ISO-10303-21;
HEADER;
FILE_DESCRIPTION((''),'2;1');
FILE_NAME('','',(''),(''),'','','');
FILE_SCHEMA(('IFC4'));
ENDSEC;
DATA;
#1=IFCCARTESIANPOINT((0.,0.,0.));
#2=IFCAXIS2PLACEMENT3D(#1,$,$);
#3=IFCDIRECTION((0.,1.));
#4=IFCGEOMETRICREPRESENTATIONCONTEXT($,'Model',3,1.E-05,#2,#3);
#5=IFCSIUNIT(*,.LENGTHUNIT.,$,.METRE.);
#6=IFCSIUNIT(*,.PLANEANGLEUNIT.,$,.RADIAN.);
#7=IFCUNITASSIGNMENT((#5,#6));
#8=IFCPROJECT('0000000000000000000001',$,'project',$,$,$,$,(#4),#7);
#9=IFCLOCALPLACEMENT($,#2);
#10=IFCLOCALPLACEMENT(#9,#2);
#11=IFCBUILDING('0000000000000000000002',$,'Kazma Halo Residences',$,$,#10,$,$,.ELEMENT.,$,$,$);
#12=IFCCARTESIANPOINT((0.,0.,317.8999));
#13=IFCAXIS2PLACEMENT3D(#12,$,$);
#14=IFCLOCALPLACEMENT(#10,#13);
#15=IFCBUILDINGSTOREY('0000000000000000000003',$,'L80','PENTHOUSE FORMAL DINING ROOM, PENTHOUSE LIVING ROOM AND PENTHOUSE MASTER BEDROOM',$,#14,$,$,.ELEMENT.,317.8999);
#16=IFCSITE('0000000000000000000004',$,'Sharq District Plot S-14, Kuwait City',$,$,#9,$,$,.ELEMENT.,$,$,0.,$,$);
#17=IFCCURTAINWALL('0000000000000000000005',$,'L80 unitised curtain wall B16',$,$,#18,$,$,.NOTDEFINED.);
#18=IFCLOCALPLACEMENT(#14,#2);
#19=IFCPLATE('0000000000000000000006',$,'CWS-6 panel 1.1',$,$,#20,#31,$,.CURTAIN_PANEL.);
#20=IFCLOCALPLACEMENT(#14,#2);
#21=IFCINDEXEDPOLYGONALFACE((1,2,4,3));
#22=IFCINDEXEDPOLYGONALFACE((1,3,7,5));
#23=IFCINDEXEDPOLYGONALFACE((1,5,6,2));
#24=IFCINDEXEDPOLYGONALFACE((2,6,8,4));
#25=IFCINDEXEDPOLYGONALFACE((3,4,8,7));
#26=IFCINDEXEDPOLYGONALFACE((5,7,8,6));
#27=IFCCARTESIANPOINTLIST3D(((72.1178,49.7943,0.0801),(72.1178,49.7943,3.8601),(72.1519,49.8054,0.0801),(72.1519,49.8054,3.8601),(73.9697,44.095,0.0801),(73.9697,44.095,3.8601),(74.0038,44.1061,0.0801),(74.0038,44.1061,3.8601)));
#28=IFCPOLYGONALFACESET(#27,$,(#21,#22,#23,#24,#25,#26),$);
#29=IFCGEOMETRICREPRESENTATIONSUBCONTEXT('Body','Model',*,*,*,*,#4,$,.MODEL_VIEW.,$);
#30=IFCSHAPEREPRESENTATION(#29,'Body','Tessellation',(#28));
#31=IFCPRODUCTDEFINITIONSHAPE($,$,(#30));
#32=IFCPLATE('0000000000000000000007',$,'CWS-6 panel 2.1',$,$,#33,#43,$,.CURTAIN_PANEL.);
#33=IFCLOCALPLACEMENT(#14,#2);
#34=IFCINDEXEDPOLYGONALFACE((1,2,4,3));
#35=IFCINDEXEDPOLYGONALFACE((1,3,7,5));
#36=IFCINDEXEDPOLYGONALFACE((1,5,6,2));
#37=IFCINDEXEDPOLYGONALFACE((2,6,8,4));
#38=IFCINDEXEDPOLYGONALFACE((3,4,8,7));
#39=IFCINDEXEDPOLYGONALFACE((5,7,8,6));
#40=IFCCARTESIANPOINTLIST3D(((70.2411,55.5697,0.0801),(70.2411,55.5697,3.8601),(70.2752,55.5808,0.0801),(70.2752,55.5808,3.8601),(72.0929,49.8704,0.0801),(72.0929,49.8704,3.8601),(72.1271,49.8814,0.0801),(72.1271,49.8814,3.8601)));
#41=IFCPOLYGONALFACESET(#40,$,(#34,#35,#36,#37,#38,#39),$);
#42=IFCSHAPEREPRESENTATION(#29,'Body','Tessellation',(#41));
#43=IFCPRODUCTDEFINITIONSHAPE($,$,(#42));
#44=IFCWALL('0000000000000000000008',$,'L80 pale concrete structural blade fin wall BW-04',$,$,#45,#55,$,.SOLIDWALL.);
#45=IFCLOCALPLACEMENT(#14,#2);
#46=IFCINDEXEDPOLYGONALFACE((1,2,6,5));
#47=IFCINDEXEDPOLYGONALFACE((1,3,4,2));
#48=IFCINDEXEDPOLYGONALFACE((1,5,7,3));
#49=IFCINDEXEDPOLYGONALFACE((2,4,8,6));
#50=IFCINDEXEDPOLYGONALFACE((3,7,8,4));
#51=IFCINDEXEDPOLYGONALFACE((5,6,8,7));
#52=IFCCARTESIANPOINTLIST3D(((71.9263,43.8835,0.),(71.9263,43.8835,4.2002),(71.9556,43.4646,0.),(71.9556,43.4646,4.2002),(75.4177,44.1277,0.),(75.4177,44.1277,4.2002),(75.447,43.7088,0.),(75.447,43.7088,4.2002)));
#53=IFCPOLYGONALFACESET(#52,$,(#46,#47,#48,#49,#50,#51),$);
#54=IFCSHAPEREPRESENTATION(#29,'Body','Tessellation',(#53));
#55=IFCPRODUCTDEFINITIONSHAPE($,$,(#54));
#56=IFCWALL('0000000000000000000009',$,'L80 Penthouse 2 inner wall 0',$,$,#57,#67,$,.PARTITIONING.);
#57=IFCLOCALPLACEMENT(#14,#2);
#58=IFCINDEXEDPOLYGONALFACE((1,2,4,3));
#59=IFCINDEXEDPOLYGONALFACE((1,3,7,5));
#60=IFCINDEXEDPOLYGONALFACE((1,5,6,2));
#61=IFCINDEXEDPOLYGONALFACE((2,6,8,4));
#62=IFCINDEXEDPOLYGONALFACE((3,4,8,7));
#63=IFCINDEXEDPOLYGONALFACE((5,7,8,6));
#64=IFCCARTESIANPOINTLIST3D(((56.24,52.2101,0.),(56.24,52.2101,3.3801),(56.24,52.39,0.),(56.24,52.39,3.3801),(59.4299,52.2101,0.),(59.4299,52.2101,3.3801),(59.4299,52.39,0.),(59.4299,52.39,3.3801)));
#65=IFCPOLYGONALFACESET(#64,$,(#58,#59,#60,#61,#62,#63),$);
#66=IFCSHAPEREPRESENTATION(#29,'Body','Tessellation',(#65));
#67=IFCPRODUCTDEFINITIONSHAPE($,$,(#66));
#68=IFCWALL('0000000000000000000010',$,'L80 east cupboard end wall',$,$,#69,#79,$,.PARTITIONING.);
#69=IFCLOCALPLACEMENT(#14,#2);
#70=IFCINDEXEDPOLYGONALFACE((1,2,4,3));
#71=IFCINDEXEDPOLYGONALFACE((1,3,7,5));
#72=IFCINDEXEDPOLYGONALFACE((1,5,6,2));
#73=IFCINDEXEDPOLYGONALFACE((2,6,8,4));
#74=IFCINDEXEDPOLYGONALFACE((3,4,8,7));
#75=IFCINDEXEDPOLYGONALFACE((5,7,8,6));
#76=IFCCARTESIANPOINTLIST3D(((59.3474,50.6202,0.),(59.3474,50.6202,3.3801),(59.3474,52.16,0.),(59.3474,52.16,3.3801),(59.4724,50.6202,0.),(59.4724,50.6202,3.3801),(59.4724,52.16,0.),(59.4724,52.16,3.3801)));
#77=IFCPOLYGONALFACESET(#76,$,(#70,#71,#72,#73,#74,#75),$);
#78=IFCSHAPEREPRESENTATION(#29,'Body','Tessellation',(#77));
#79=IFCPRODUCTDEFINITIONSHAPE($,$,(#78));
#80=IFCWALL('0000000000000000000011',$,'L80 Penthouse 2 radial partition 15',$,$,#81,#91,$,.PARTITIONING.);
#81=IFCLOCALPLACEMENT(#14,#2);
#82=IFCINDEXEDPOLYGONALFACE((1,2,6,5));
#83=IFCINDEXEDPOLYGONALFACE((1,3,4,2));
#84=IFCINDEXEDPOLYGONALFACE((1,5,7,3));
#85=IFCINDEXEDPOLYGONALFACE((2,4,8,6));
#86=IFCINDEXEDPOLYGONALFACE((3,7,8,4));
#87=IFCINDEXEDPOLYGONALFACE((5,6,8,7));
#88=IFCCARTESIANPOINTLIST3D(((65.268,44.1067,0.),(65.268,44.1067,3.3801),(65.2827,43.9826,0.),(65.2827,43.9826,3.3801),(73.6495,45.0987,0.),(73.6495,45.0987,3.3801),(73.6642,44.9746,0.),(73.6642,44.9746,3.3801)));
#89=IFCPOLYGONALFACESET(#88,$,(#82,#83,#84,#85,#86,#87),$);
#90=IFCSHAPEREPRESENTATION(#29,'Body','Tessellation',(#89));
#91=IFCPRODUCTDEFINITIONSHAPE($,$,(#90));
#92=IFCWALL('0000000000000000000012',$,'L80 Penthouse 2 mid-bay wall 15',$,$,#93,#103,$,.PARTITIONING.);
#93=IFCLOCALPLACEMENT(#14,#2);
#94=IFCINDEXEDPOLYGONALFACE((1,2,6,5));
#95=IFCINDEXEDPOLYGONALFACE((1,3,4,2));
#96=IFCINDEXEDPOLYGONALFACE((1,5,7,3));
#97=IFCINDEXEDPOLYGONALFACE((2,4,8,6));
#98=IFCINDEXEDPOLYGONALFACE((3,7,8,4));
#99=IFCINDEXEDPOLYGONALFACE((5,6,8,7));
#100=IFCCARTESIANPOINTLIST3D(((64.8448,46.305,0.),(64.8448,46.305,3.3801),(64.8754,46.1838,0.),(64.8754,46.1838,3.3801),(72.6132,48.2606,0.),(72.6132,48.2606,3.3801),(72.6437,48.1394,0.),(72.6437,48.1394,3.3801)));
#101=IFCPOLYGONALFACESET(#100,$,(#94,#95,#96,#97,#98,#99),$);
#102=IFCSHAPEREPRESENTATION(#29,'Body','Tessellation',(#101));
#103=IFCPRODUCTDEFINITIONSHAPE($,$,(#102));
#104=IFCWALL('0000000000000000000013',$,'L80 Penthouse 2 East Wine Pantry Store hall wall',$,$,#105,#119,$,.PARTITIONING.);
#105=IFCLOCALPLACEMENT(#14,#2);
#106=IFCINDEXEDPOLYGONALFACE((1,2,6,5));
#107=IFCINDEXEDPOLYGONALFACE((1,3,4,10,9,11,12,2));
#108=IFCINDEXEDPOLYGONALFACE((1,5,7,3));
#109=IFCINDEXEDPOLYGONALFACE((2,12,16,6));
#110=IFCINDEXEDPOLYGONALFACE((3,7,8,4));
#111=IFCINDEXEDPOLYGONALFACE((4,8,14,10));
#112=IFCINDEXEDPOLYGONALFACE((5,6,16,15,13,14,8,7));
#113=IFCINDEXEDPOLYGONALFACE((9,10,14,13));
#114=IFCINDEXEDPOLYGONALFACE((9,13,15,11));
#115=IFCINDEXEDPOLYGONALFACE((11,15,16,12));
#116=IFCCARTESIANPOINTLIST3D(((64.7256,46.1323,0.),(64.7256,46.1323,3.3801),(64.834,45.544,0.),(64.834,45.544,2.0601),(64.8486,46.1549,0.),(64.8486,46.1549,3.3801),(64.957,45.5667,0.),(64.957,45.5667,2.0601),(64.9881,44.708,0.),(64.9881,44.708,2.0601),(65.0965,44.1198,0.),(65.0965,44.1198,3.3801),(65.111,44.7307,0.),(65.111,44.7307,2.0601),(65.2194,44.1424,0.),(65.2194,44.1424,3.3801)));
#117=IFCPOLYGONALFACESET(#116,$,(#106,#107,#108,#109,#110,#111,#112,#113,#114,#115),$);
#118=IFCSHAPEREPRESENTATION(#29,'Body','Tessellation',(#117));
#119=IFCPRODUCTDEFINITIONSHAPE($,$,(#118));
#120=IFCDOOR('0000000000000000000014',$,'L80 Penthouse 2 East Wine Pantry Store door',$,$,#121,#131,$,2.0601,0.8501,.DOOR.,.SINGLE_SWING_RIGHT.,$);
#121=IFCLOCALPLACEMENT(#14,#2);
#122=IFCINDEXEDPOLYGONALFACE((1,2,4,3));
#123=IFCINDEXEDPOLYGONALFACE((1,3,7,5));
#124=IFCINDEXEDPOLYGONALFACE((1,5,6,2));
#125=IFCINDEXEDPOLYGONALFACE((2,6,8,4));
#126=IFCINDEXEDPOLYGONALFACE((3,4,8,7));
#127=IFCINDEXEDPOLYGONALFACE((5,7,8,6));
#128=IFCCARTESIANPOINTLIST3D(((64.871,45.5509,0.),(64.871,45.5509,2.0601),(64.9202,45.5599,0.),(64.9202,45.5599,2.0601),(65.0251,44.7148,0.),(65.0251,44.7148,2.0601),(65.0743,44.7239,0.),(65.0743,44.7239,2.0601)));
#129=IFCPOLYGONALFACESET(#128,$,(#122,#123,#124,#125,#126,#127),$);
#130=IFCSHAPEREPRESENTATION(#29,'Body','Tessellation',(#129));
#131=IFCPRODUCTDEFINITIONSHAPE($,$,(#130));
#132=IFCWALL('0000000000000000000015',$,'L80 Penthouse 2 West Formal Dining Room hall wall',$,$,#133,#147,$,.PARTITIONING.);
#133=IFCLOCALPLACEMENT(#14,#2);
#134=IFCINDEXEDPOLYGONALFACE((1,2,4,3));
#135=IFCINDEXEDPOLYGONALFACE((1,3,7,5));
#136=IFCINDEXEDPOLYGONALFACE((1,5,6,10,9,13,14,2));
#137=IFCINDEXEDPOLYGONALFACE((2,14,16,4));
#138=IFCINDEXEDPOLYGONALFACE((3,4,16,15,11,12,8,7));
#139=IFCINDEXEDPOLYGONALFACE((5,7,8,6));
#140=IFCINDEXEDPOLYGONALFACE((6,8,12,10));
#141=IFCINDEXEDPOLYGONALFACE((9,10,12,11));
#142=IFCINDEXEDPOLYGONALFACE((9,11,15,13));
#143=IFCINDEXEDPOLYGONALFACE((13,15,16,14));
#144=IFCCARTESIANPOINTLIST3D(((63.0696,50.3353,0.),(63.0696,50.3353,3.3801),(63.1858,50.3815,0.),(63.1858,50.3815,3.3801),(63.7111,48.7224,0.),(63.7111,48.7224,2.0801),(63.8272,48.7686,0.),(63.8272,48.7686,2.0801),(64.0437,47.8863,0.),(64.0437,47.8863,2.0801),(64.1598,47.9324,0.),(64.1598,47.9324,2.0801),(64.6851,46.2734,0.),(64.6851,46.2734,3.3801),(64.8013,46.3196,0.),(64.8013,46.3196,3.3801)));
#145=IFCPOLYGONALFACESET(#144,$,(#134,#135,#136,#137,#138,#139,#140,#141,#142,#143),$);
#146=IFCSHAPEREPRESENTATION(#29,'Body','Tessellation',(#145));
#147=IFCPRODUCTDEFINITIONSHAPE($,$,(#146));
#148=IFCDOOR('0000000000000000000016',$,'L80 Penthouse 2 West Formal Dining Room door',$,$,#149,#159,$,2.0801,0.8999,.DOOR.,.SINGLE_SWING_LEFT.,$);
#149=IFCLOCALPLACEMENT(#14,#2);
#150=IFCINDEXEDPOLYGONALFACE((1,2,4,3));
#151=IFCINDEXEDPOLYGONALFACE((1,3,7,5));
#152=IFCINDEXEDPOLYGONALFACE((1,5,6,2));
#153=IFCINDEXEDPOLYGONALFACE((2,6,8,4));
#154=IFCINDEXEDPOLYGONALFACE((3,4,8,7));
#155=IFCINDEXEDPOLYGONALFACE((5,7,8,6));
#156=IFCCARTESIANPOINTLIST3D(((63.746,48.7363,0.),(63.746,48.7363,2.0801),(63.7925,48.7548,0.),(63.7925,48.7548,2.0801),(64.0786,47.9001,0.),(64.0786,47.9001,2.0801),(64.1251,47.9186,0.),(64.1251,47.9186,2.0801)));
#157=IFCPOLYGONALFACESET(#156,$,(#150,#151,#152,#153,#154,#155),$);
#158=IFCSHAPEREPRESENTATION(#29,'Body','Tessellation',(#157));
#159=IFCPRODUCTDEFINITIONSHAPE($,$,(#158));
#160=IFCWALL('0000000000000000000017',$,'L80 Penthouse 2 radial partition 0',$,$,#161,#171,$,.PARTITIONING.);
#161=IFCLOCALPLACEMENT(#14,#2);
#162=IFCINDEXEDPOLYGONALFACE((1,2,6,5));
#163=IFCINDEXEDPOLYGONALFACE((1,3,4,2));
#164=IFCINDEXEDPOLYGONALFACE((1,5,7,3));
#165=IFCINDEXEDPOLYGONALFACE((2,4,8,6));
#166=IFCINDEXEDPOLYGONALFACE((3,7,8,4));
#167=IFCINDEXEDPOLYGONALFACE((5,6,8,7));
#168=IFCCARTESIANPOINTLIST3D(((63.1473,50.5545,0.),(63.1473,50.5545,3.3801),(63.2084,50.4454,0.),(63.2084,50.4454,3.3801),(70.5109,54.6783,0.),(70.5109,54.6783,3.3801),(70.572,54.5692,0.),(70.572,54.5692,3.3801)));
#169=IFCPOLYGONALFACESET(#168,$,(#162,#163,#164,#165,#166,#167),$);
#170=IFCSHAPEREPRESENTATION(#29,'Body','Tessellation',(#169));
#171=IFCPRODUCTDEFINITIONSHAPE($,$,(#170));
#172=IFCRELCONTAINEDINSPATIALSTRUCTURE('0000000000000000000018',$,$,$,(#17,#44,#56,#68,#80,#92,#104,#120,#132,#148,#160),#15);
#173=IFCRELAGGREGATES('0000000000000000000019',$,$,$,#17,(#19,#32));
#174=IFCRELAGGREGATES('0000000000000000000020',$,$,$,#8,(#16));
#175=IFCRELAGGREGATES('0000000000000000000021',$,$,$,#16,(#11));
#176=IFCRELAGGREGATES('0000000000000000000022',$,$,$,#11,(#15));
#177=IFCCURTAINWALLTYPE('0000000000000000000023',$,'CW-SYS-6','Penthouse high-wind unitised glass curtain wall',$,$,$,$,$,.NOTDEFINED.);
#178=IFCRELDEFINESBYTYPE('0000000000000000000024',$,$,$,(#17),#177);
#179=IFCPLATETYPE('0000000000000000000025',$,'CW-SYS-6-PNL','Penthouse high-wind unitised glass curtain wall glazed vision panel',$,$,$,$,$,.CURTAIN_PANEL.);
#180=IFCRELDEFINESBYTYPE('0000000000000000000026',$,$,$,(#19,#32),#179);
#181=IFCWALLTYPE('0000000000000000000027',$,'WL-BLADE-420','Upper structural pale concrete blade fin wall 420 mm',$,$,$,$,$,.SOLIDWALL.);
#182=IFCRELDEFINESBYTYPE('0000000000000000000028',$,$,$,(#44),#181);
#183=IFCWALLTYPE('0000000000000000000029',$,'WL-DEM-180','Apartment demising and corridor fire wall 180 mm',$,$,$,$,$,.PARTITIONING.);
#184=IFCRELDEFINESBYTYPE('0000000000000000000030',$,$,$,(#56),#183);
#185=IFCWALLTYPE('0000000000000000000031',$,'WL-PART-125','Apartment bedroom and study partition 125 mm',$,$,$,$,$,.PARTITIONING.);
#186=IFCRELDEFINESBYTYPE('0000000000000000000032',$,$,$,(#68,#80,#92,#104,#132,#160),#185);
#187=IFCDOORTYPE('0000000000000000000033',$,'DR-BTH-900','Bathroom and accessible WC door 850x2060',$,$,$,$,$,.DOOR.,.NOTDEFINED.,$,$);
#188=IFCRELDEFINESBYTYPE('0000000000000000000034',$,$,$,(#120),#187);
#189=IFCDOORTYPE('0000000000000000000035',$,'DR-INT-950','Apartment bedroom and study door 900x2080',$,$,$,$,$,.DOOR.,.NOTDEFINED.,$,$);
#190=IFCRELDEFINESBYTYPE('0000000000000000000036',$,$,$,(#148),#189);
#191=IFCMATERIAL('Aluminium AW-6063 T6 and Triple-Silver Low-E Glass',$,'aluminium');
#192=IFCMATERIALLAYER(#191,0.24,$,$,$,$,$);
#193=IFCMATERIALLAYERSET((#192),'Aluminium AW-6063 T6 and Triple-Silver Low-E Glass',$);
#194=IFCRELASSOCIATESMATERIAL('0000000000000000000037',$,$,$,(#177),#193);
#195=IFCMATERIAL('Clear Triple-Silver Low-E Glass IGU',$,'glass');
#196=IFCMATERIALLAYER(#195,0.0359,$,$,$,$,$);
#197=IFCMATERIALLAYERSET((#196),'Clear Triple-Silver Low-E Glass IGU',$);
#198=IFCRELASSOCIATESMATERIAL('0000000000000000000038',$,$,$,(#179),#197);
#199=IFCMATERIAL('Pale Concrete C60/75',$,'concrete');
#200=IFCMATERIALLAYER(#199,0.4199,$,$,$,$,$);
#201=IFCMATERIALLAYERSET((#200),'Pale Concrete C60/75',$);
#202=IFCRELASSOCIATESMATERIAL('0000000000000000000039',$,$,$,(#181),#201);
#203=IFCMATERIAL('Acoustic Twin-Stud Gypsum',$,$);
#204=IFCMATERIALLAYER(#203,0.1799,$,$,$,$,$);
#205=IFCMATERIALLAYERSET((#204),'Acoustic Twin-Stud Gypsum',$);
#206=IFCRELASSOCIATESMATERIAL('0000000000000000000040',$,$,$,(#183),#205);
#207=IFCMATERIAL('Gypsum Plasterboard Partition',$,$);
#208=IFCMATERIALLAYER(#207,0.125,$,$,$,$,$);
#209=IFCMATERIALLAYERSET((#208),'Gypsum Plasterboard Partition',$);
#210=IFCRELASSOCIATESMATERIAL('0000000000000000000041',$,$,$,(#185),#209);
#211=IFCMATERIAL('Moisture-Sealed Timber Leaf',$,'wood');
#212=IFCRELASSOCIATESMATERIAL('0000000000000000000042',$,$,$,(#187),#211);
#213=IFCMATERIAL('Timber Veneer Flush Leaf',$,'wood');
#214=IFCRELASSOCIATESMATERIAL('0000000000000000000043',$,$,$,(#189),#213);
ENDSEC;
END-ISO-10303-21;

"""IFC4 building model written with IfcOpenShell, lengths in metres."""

from ifc_helpers import new_model, si_unit, direction, frame, frame_2d, origin, origin_2d, place, context, subcontext, project, spatial, rectangle, extrude, material, layer, layer_set, type_object, element, fill, aggregate, save


model = new_model("IFC4")

# Units and contexts
model_context = context("Model", 3, precision=1e-05, world=origin(), true_north=direction((0.0, 1.0)))
body_context = subcontext(model_context, "Body", "Model", "MODEL_VIEW")
ifc_project = project(units=[si_unit("LENGTHUNIT", "METRE"), si_unit("PLANEANGLEUNIT", "RADIAN")], contexts=[model_context])

# Site, building, storey
site_placement = place(None, origin())
site = spatial("IfcSite", under=ifc_project, at=site_placement, Name="Sharq District Plot S-14, Kuwait City", CompositionType="ELEMENT", RefElevation=0.0)
building_placement = place(site_placement, origin())
building = spatial("IfcBuilding", under=site, at=building_placement, Name="Kazma Halo Residences", CompositionType="ELEMENT")
storey_placement = place(building_placement, frame((0.0, 0.0, 317.8999)))
storey = spatial("IfcBuildingStorey", under=building, at=storey_placement, Name="L80", Description="PENTHOUSE FORMAL DINING ROOM, PENTHOUSE LIVING ROOM AND PENTHOUSE MASTER BEDROOM", CompositionType="ELEMENT", Elevation=317.8999)

# Shared definitions
ifc_material_1 = material(Name="Aluminium AW-6063 T6 and Triple-Silver Low-E Glass", Category="aluminium")
ifc_layer_1 = layer(ifc_material_1, 0.24)
ifc_layer_set_1 = layer_set([ifc_layer_1], Name="Aluminium AW-6063 T6 and Triple-Silver Low-E Glass")
curtain_wall_type = type_object("IfcCurtainWallType", Name="CW-SYS-6", Description="Penthouse high-wind unitised glass curtain wall", PredefinedType="NOTDEFINED", material=ifc_layer_set_1)

# Curtain wall, plates
curtain_wall_1_placement = place(storey_placement, origin())
curtain_wall_1 = element("IfcCurtainWall", 1, at=curtain_wall_1_placement, inside=storey, type_object=curtain_wall_type, Name="L80 unitised curtain wall B16", PredefinedType="NOTDEFINED")
ifc_material_2 = material(Name="Clear Triple-Silver Low-E Glass IGU", Category="glass")
ifc_layer_2 = layer(ifc_material_2, 0.0359)
ifc_layer_set_2 = layer_set([ifc_layer_2], Name="Clear Triple-Silver Low-E Glass IGU")
plate_type = type_object("IfcPlateType", Name="CW-SYS-6-PNL", Description="Penthouse high-wind unitised glass curtain wall glazed vision panel", PredefinedType="CURTAIN_PANEL", material=ifc_layer_set_2)
plate_1_placement = place(storey_placement, frame((73.0608, 46.9502, 0.0801), z_axis=(0.0, 0.0, 1.0), x_axis=(-0.309019, 0.951056, 0.0)))
plate_1 = element("IfcPlate", 2, at=plate_1_placement, type_object=plate_type, Name="CWS-6 panel 1.1", PredefinedType="CURTAIN_PANEL", context=body_context, shape_type="SweptSolid", body=[
    extrude(rectangle(XDim=5.9927, YDim=0.0359, at=origin_2d()), origin(), (0.0, 0.0, 1.0), 3.78),
])
plate_2_placement = place(storey_placement, frame((71.1841, 52.7256, 0.0801), z_axis=(0.0, 0.0, 1.0), x_axis=(-0.309019, 0.951056, 0.0)))
plate_2 = element("IfcPlate", 3, at=plate_2_placement, type_object=plate_type, Name="CWS-6 panel 2.1", PredefinedType="CURTAIN_PANEL", context=body_context, shape_type="SweptSolid", body=[
    extrude(rectangle(XDim=5.9927, YDim=0.0359, at=origin_2d()), origin(), (0.0, 0.0, 1.0), 3.78),
])
aggregate(curtain_wall_1, [plate_1, plate_2])

# Walls
ifc_material_3 = material(Name="Pale Concrete C60/75", Category="concrete")
ifc_layer_3 = layer(ifc_material_3, 0.4199)
ifc_layer_set_3 = layer_set([ifc_layer_3], Name="Pale Concrete C60/75")
wall_type_1 = type_object("IfcWallType", Name="WL-BLADE-420", Description="Upper structural pale concrete blade fin wall 420 mm", PredefinedType="SOLIDWALL", material=ifc_layer_set_3)
wall_1_placement = place(storey_placement, frame((71.9409, 43.6741, 0.0), z_axis=(0.0, 0.0, 1.0), x_axis=(0.997564, 0.069755, 0.0)))
element("IfcWall", 4, at=wall_1_placement, inside=storey, type_object=wall_type_1, Name="L80 pale concrete structural blade fin wall BW-04", PredefinedType="SOLIDWALL", context=body_context, shape_type="SweptSolid", body=[
    extrude(rectangle(XDim=3.5, YDim=0.4199, at=frame_2d((1.75, 0.0))), origin(), (0.0, 0.0, 1.0), 4.2002),
])
ifc_material_4 = material(Name="Acoustic Twin-Stud Gypsum")
ifc_layer_4 = layer(ifc_material_4, 0.1799)
ifc_layer_set_4 = layer_set([ifc_layer_4], Name="Acoustic Twin-Stud Gypsum")
wall_type_2 = type_object("IfcWallType", Name="WL-DEM-180", Description="Apartment demising and corridor fire wall 180 mm", PredefinedType="PARTITIONING", material=ifc_layer_set_4)
wall_2_placement = place(storey_placement, frame((59.4299, 52.3, 0.0), z_axis=(0.0, 0.0, 1.0), x_axis=(-1.0, 0.0, 0.0)))
element("IfcWall", 5, at=wall_2_placement, inside=storey, type_object=wall_type_2, Name="L80 Penthouse 2 inner wall 0", PredefinedType="PARTITIONING", context=body_context, shape_type="SweptSolid", body=[
    extrude(rectangle(XDim=3.1899, YDim=0.1799, at=frame_2d((1.595, 0.0))), origin(), (0.0, 0.0, 1.0), 3.3801),
])
ifc_material_5 = material(Name="Gypsum Plasterboard Partition")
ifc_layer_5 = layer(ifc_material_5, 0.125)
ifc_layer_set_5 = layer_set([ifc_layer_5], Name="Gypsum Plasterboard Partition")
wall_type_3 = type_object("IfcWallType", Name="WL-PART-125", Description="Apartment bedroom and study partition 125 mm", PredefinedType="PARTITIONING", material=ifc_layer_set_5)
wall_3_placement = place(storey_placement, frame((59.4099, 50.6201, 0.0), z_axis=(0.0, 0.0, 1.0), x_axis=(0.0, 1.0, 0.0)))
element("IfcWall", 6, at=wall_3_placement, inside=storey, type_object=wall_type_3, Name="L80 east cupboard end wall", PredefinedType="PARTITIONING", context=body_context, shape_type="SweptSolid", body=[
    extrude(rectangle(XDim=1.5398, YDim=0.125, at=frame_2d((0.77, 0.0))), origin(), (0.0, 0.0, 1.0), 3.3801),
])
wall_4_placement = place(storey_placement, frame((65.2754, 44.0447, 0.0), z_axis=(0.0, 0.0, 1.0), x_axis=(0.993069, 0.117531, 0.0)))
element("IfcWall", 7, at=wall_4_placement, inside=storey, type_object=wall_type_3, Name="L80 Penthouse 2 radial partition 15", PredefinedType="PARTITIONING", context=body_context, shape_type="SweptSolid", body=[
    extrude(rectangle(XDim=8.4399, YDim=0.125, at=frame_2d((4.22, 0.0))), origin(), (0.0, 0.0, 1.0), 3.3801),
])
wall_5_placement = place(storey_placement, frame((64.8601, 46.2444, 0.0), z_axis=(0.0, 0.0, 1.0), x_axis=(0.969745, 0.24412, 0.0)))
element("IfcWall", 8, at=wall_5_placement, inside=storey, type_object=wall_type_3, Name="L80 Penthouse 2 mid-bay wall 15", PredefinedType="PARTITIONING", context=body_context, shape_type="SweptSolid", body=[
    extrude(rectangle(XDim=8.0107, YDim=0.125, at=frame_2d((4.0054, 0.0))), origin(), (0.0, 0.0, 1.0), 3.3801),
])

# Walls, openings, doors
wall_6_placement = place(storey_placement, frame((65.158, 44.1311, 0.0), z_axis=(0.0, 0.0, 1.0), x_axis=(-0.181226, 0.983441, 0.0)))
wall_6 = element("IfcWall", 9, at=wall_6_placement, inside=storey, type_object=wall_type_3, Name="L80 Penthouse 2 East Wine Pantry Store hall wall", PredefinedType="PARTITIONING", context=body_context, shape_type="SweptSolid", body=[
    extrude(rectangle(XDim=2.0464, YDim=0.125, at=frame_2d((1.0232, 0.0))), origin(), (0.0, 0.0, 1.0), 3.3801),
])
opening_1_placement = place(wall_6_placement, frame((0.5981, 0.0, 0.0)))
opening_1 = element("IfcOpeningElement", 10, at=opening_1_placement, cuts=wall_6, PredefinedType="OPENING", context=body_context, shape_type="SweptSolid", body=[
    extrude(rectangle(XDim=0.8501, YDim=2.0601, at=frame_2d((0.425, 1.03))), frame((0.0, 0.0725, 0.0), z_axis=(0.0, -1.0, 0.0), x_axis=(1.0, 0.0, 0.0)), (0.0, 0.0, 1.0), 0.145),
])
ifc_material_6 = material(Name="Moisture-Sealed Timber Leaf", Category="wood")
door_type_1 = type_object("IfcDoorType", Name="DR-BTH-900", Description="Bathroom and accessible WC door 850x2060", OperationType="NOTDEFINED", PredefinedType="DOOR", material=ifc_material_6)
door_1_placement = place(opening_1_placement, origin())
door_1 = element("IfcDoor", 11, at=door_1_placement, inside=storey, type_object=door_type_1, Name="L80 Penthouse 2 East Wine Pantry Store door", OperationType="SINGLE_SWING_RIGHT", OverallHeight=2.0601, OverallWidth=0.8501, PredefinedType="DOOR", context=body_context, shape_type="SweptSolid", body=[
    extrude(rectangle(XDim=0.8501, YDim=2.0601, at=frame_2d((0.425, 1.03))), frame((0.0, 0.0249, 0.0), z_axis=(0.0, -1.0, 0.0), x_axis=(1.0, 0.0, 0.0)), (0.0, 0.0, 1.0), 0.05),
])
fill(opening_1, door_1)
wall_7_placement = place(storey_placement, frame((64.7432, 46.2966, 0.0), z_axis=(0.0, 0.0, 1.0), x_axis=(-0.36957, 0.929203, 0.0)))
wall_7 = element("IfcWall", 12, at=wall_7_placement, inside=storey, type_object=wall_type_3, Name="L80 Penthouse 2 West Formal Dining Room hall wall", PredefinedType="PARTITIONING", context=body_context, shape_type="SweptSolid", body=[
    extrude(rectangle(XDim=4.3713, YDim=0.125, at=frame_2d((2.1855, 0.0))), origin(), (0.0, 0.0, 1.0), 3.3801),
])
opening_2_placement = place(wall_7_placement, frame((1.7356, 0.0, 0.0)))
opening_2 = element("IfcOpeningElement", 13, at=opening_2_placement, cuts=wall_7, PredefinedType="OPENING", context=body_context, shape_type="SweptSolid", body=[
    extrude(rectangle(XDim=0.8999, YDim=2.0801, at=frame_2d((0.45, 1.04))), frame((0.0, 0.0725, 0.0), z_axis=(0.0, -1.0, 0.0), x_axis=(1.0, 0.0, 0.0)), (0.0, 0.0, 1.0), 0.145),
])
ifc_material_7 = material(Name="Timber Veneer Flush Leaf", Category="wood")
door_type_2 = type_object("IfcDoorType", Name="DR-INT-950", Description="Apartment bedroom and study door 900x2080", OperationType="NOTDEFINED", PredefinedType="DOOR", material=ifc_material_7)
door_2_placement = place(opening_2_placement, origin())
door_2 = element("IfcDoor", 14, at=door_2_placement, inside=storey, type_object=door_type_2, Name="L80 Penthouse 2 West Formal Dining Room door", OperationType="SINGLE_SWING_LEFT", OverallHeight=2.0801, OverallWidth=0.8999, PredefinedType="DOOR", context=body_context, shape_type="SweptSolid", body=[
    extrude(rectangle(XDim=0.8999, YDim=2.0801, at=frame_2d((0.45, 1.04))), frame((0.0, 0.0249, 0.0), z_axis=(0.0, -1.0, 0.0), x_axis=(1.0, 0.0, 0.0)), (0.0, 0.0, 1.0), 0.05),
])
fill(opening_2, door_2)

# Wall
wall_8_placement = place(storey_placement, frame((63.178, 50.5, 0.0), z_axis=(0.0, 0.0, 1.0), x_axis=(0.872496, 0.488622, 0.0)))
element("IfcWall", 15, at=wall_8_placement, inside=storey, type_object=wall_type_3, Name="L80 Penthouse 2 radial partition 0", PredefinedType="PARTITIONING", context=body_context, shape_type="SweptSolid", body=[
    extrude(rectangle(XDim=8.4397, YDim=0.125, at=frame_2d((4.2197, 0.0))), origin(), (0.0, 0.0, 1.0), 3.3801),
])

save(model, "model.ifc")
